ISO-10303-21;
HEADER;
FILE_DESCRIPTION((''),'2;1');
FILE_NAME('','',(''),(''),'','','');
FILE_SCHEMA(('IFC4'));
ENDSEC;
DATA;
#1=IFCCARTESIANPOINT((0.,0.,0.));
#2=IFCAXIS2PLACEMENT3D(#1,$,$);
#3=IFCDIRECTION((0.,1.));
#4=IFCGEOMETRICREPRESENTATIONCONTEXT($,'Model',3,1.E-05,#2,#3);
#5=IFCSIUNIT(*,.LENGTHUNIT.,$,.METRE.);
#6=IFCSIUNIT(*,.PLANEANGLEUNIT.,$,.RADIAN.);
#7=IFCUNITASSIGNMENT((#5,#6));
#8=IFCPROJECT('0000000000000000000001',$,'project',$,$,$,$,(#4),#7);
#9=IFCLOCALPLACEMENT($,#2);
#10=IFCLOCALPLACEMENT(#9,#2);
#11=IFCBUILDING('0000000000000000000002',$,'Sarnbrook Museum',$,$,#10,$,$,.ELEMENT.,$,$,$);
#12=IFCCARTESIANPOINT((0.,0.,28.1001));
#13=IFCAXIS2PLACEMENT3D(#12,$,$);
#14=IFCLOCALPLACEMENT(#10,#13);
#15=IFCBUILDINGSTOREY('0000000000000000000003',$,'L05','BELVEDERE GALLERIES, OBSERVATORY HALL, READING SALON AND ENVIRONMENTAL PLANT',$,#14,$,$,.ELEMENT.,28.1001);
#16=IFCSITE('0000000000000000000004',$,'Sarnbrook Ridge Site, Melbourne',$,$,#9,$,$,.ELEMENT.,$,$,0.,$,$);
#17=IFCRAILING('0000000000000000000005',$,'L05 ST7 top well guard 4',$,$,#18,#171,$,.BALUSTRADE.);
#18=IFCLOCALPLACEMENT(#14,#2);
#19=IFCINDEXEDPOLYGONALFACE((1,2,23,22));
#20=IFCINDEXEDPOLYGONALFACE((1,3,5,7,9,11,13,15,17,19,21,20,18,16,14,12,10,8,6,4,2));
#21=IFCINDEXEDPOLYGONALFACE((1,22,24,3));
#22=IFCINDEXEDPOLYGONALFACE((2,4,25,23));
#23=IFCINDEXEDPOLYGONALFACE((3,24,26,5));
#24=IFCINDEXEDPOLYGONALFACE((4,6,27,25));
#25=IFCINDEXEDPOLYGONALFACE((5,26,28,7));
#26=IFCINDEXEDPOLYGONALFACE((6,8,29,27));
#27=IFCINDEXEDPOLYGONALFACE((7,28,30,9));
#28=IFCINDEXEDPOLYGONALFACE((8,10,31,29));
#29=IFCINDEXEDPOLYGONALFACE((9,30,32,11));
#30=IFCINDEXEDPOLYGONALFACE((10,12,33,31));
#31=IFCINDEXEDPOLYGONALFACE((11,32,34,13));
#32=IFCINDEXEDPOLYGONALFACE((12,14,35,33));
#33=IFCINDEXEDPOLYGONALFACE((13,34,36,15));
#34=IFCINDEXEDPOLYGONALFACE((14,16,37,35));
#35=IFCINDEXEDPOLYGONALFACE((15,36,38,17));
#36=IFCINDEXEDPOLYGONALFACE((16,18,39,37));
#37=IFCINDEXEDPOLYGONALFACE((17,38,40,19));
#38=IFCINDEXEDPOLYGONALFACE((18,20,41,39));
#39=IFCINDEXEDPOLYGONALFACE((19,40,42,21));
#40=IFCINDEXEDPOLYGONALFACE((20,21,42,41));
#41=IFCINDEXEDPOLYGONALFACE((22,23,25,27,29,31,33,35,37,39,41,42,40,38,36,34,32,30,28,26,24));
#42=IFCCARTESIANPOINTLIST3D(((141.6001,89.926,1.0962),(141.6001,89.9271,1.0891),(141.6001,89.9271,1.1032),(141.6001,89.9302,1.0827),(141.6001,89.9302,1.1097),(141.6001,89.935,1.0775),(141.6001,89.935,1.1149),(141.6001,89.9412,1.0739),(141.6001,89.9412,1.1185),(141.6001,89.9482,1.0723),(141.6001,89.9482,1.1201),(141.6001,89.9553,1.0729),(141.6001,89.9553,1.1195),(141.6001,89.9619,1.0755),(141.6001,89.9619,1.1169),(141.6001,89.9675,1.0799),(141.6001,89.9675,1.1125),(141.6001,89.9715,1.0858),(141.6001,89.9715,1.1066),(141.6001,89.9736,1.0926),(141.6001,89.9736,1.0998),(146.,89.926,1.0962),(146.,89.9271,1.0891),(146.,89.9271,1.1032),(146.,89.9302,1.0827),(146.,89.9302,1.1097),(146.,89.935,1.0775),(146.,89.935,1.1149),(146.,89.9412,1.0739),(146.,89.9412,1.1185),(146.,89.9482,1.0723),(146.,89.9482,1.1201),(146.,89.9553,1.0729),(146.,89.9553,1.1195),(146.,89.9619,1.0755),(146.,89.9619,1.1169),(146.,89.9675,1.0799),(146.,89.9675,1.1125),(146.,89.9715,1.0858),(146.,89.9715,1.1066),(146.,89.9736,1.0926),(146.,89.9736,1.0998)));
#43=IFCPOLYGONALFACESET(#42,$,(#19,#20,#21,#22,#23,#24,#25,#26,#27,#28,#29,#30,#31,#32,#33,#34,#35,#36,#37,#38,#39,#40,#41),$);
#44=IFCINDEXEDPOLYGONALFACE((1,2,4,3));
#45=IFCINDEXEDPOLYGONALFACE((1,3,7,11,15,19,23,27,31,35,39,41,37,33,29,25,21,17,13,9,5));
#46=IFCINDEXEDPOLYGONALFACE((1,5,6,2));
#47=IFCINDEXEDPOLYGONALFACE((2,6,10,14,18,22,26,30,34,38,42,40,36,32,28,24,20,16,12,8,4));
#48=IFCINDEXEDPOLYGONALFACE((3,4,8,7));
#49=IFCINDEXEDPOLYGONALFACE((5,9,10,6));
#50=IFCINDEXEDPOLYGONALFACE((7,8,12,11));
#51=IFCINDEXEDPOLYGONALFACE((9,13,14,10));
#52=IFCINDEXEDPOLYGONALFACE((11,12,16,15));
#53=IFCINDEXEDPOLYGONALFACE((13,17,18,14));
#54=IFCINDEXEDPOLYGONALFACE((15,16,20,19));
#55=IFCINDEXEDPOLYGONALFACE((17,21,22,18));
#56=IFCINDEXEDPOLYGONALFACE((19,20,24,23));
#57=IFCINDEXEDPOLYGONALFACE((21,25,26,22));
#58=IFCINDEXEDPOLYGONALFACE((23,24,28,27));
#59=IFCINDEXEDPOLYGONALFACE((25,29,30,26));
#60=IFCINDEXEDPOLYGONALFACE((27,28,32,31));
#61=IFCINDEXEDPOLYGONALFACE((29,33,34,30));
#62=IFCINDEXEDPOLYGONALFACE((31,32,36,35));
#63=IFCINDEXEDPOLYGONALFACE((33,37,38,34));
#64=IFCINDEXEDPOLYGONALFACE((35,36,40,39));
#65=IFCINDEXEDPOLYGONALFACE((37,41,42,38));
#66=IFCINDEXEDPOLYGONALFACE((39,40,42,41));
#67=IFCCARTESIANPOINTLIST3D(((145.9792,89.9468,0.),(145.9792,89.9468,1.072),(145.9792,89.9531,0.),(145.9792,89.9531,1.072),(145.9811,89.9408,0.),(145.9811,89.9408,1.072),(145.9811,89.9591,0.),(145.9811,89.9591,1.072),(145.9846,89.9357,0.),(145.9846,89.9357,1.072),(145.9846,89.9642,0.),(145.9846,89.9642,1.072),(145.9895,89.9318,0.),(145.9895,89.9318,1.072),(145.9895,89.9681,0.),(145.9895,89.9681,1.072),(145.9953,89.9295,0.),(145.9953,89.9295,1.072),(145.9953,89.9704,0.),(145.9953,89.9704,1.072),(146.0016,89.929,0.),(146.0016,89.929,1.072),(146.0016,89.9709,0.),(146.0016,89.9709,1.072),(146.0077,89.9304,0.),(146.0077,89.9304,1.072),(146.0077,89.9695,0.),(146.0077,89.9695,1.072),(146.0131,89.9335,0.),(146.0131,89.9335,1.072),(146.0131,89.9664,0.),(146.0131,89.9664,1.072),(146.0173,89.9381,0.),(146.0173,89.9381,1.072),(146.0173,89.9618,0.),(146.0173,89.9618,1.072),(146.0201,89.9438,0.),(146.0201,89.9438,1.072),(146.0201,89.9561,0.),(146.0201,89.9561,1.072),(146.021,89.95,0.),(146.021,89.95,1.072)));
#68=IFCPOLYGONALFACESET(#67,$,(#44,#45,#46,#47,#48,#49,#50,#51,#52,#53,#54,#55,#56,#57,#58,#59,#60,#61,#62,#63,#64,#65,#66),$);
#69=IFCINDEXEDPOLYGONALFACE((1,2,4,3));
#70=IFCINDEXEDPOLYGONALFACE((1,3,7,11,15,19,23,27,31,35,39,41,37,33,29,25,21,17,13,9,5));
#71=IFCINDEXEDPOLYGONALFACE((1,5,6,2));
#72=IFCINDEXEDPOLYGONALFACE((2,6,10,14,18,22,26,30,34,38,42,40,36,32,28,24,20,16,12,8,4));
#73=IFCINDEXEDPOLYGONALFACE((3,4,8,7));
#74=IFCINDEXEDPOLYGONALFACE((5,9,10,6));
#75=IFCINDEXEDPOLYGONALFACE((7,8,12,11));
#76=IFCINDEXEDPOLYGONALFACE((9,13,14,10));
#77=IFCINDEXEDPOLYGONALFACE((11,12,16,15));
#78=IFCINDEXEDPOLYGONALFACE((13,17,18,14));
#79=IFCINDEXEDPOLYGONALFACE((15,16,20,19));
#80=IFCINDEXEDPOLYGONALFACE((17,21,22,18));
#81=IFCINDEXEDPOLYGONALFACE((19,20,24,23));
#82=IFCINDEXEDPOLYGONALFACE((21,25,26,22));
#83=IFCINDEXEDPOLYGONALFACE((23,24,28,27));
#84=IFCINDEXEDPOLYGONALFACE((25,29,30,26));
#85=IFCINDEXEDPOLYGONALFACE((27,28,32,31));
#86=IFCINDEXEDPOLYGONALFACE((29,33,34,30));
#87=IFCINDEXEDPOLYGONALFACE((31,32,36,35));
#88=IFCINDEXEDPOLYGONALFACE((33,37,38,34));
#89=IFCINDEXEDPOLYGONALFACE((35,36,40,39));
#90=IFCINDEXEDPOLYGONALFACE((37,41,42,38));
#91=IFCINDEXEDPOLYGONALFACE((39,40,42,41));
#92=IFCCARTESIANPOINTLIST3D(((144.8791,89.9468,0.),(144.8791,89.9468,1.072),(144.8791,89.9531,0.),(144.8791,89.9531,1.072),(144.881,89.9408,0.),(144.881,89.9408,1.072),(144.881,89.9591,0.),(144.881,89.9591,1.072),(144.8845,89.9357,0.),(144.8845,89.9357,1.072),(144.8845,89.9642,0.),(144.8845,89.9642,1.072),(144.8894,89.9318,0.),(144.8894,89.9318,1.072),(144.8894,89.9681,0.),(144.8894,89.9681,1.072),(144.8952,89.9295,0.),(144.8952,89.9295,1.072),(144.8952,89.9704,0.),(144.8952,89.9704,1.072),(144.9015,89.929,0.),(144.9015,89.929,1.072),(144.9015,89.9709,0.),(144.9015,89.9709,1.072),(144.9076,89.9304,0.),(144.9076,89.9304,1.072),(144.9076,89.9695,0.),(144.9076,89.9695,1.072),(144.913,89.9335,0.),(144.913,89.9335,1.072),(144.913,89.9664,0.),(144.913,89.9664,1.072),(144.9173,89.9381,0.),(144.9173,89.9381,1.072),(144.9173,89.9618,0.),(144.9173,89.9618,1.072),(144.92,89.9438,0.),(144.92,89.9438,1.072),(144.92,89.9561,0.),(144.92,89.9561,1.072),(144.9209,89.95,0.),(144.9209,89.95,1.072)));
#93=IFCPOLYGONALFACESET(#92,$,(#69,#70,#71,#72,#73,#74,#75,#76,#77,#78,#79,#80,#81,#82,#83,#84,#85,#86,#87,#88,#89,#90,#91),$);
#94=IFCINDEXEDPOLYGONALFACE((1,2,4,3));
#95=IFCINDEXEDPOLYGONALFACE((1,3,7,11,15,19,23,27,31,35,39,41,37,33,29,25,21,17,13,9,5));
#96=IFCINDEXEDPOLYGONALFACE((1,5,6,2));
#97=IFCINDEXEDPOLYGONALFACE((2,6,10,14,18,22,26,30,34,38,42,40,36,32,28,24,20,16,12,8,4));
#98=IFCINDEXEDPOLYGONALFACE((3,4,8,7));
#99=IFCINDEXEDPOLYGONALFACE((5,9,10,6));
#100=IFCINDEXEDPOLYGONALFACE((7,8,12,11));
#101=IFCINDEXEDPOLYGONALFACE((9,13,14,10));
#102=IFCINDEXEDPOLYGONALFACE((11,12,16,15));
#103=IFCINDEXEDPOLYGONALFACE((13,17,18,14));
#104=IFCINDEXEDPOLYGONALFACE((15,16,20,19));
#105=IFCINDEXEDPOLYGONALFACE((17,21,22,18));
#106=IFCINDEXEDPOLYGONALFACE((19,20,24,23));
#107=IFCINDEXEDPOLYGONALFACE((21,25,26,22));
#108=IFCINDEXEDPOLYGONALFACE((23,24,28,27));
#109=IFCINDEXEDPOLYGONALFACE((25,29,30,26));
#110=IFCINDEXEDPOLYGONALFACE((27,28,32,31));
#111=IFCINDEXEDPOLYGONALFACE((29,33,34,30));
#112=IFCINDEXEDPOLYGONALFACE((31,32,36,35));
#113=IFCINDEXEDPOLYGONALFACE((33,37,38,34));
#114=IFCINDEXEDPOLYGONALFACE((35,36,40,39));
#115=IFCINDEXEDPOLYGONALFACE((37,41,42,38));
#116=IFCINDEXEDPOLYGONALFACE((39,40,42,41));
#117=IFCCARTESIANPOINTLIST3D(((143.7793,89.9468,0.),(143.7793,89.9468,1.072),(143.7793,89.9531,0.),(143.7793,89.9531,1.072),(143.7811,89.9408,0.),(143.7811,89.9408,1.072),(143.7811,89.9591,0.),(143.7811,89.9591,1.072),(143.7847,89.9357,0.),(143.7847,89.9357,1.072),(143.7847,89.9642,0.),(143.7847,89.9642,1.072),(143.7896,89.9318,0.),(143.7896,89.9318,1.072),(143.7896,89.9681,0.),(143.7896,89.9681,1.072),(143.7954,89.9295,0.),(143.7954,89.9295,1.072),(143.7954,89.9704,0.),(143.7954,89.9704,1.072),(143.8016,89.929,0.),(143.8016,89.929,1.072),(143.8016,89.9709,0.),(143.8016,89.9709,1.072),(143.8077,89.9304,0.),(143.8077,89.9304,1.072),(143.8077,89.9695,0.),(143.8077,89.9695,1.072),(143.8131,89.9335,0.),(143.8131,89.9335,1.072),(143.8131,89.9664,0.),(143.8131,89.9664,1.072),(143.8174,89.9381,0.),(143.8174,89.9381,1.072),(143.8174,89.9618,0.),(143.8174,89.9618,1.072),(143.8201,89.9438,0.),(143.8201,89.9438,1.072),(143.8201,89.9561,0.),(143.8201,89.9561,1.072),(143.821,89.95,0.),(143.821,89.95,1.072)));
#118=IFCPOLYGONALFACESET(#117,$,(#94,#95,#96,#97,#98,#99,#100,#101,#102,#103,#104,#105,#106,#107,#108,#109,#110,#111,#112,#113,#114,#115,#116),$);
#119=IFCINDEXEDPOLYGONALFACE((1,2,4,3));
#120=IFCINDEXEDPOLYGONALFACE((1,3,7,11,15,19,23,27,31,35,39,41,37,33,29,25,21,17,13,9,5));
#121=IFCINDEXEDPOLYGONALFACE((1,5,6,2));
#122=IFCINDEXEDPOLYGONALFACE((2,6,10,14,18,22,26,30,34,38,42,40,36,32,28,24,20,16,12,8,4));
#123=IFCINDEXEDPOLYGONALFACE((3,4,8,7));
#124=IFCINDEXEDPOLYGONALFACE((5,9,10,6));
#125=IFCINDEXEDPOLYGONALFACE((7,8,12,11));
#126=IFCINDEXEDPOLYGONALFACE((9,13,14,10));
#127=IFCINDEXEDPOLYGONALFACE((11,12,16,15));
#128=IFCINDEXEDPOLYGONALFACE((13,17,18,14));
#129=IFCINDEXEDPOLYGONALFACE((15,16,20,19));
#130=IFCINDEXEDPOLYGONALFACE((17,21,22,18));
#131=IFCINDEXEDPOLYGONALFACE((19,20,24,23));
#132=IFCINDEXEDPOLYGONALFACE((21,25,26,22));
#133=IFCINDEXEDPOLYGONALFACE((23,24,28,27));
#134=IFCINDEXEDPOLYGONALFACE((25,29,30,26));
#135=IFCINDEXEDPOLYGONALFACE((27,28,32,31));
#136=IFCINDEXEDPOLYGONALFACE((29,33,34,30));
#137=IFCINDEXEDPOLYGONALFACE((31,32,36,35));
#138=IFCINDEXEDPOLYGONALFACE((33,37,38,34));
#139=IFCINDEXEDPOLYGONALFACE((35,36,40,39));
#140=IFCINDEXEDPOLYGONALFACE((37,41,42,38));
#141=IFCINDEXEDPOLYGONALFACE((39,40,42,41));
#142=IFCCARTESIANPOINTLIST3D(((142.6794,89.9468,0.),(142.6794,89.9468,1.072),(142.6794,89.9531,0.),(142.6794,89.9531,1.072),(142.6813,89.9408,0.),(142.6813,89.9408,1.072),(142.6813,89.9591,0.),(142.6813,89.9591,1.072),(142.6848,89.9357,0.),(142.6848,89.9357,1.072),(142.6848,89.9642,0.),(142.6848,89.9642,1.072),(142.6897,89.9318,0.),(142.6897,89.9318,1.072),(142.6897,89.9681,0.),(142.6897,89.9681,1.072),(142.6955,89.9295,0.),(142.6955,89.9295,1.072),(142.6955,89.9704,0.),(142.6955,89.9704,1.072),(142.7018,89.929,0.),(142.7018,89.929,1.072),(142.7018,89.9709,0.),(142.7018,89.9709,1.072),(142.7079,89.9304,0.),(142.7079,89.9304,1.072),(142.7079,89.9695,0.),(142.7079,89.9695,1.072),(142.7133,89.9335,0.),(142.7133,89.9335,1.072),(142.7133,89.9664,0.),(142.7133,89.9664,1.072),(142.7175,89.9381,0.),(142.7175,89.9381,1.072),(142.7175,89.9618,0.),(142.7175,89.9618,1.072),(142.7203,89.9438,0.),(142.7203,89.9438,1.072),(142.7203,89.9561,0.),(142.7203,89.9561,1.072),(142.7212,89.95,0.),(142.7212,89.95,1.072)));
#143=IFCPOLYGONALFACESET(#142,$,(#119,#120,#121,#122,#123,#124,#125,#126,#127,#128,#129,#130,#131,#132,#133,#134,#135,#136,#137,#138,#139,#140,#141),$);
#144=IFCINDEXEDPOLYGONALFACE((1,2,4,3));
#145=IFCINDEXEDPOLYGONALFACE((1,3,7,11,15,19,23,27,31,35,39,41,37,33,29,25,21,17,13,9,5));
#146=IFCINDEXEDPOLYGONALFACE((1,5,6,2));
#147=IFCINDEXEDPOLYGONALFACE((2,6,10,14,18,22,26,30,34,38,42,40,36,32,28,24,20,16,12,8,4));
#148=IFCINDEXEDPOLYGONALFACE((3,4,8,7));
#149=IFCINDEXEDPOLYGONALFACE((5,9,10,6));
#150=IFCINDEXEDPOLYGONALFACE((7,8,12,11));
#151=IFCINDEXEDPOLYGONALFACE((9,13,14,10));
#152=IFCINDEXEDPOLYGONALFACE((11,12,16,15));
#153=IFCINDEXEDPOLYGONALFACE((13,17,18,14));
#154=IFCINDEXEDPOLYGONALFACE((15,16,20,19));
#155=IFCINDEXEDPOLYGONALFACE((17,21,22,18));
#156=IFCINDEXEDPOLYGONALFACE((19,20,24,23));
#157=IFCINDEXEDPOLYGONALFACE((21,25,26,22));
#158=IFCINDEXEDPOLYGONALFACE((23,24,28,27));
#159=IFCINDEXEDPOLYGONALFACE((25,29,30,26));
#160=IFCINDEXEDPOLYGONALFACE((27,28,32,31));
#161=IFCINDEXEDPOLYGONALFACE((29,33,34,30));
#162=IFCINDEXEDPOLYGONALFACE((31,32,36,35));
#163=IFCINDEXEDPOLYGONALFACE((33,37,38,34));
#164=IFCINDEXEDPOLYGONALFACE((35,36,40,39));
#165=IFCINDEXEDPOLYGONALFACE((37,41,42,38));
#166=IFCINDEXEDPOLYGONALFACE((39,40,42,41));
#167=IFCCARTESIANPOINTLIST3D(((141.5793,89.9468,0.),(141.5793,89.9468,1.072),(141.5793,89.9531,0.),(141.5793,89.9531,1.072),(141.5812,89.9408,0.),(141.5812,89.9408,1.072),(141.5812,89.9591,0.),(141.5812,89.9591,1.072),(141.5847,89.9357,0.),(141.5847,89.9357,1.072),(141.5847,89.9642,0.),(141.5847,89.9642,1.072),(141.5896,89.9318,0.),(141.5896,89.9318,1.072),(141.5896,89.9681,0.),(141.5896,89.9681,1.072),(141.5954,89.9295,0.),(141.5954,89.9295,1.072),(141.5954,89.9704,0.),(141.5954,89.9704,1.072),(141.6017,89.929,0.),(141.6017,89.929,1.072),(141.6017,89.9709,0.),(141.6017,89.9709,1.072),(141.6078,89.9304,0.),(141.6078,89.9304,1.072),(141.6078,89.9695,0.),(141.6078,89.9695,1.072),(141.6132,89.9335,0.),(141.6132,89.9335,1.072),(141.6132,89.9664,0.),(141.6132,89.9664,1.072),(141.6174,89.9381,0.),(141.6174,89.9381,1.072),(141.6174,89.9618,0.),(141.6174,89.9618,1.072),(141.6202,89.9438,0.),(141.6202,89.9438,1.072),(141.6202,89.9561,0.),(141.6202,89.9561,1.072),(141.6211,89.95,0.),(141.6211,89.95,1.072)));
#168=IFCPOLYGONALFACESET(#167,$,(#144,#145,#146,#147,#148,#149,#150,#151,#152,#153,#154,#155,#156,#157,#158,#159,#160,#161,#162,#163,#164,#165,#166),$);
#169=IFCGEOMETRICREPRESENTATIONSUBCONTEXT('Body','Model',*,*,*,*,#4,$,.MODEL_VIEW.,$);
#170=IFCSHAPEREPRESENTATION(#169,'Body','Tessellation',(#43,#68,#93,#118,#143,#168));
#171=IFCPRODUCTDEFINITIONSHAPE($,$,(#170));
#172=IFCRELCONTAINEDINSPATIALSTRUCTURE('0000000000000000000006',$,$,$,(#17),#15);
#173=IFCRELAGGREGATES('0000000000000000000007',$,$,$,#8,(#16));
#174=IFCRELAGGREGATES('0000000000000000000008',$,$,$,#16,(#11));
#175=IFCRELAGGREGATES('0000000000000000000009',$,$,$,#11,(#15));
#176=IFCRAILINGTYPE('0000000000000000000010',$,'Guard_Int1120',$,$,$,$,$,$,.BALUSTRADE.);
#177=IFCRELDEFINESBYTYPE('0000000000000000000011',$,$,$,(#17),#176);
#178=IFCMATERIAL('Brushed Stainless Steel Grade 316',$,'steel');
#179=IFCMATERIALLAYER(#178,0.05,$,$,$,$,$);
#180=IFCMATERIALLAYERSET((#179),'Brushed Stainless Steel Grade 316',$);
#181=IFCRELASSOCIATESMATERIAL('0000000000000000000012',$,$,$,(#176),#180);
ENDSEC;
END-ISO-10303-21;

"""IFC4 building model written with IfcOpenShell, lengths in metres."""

from ifc_helpers import new_model, si_unit, direction, frame, origin, origin_2d, place, context, subcontext, project, spatial, circle, extrude, material, layer, layer_set, type_object, element, save


model = new_model("IFC4")

# Units and contexts
model_context = context("Model", 3, precision=1e-05, world=origin(), true_north=direction((0.0, 1.0)))
body_context = subcontext(model_context, "Body", "Model", "MODEL_VIEW")
ifc_project = project(units=[si_unit("LENGTHUNIT", "METRE"), si_unit("PLANEANGLEUNIT", "RADIAN")], contexts=[model_context])

# Site, building, storey
site_placement = place(None, origin())
site = spatial("IfcSite", under=ifc_project, at=site_placement, Name="Sarnbrook Ridge Site, Melbourne", CompositionType="ELEMENT", RefElevation=0.0)
building_placement = place(site_placement, origin())
building = spatial("IfcBuilding", under=site, at=building_placement, Name="Sarnbrook Museum", CompositionType="ELEMENT")
storey_placement = place(building_placement, frame((0.0, 0.0, 28.1001)))
storey = spatial("IfcBuildingStorey", under=building, at=storey_placement, Name="L05", Description="BELVEDERE GALLERIES, OBSERVATORY HALL, READING SALON AND ENVIRONMENTAL PLANT", CompositionType="ELEMENT", Elevation=28.1001)

# Railing
ifc_material_1 = material(Name="Brushed Stainless Steel Grade 316", Category="steel")
ifc_layer_1 = layer(ifc_material_1, 0.05)
ifc_layer_set_1 = layer_set([ifc_layer_1], Name="Brushed Stainless Steel Grade 316")
railing_type = type_object("IfcRailingType", Name="Guard_Int1120", PredefinedType="BALUSTRADE", material=ifc_layer_set_1)
railing_placement = place(storey_placement, frame((146.0, 89.95, 0.0)))
element("IfcRailing", 1, at=railing_placement, inside=storey, type_object=railing_type, Name="L05 ST7 top well guard 4", PredefinedType="BALUSTRADE", context=body_context, shape_type="SweptSolid", body=[
    extrude(circle(Radius=0.0239, at=origin_2d()), frame((0.0, 0.0, 1.0962), z_axis=(-1.0, 0.0, 0.0), x_axis=(0.0, -1.0, 0.0)), (0.0, 0.0, 1.0), 4.3999),
    extrude(circle(Radius=0.021, at=origin_2d()), origin(), (0.0, 0.0, 1.0), 1.072),
    extrude(circle(Radius=0.021, at=origin_2d()), frame((-1.1001, 0.0, 0.0)), (0.0, 0.0, 1.0), 1.072),
    extrude(circle(Radius=0.021, at=origin_2d()), frame((-2.2, 0.0, 0.0)), (0.0, 0.0, 1.0), 1.072),
    extrude(circle(Radius=0.021, at=origin_2d()), frame((-3.2998, 0.0, 0.0)), (0.0, 0.0, 1.0), 1.072),
    extrude(circle(Radius=0.021, at=origin_2d()), frame((-4.3999, 0.0, 0.0)), (0.0, 0.0, 1.0), 1.072),
])

save(model, "model.ifc")
